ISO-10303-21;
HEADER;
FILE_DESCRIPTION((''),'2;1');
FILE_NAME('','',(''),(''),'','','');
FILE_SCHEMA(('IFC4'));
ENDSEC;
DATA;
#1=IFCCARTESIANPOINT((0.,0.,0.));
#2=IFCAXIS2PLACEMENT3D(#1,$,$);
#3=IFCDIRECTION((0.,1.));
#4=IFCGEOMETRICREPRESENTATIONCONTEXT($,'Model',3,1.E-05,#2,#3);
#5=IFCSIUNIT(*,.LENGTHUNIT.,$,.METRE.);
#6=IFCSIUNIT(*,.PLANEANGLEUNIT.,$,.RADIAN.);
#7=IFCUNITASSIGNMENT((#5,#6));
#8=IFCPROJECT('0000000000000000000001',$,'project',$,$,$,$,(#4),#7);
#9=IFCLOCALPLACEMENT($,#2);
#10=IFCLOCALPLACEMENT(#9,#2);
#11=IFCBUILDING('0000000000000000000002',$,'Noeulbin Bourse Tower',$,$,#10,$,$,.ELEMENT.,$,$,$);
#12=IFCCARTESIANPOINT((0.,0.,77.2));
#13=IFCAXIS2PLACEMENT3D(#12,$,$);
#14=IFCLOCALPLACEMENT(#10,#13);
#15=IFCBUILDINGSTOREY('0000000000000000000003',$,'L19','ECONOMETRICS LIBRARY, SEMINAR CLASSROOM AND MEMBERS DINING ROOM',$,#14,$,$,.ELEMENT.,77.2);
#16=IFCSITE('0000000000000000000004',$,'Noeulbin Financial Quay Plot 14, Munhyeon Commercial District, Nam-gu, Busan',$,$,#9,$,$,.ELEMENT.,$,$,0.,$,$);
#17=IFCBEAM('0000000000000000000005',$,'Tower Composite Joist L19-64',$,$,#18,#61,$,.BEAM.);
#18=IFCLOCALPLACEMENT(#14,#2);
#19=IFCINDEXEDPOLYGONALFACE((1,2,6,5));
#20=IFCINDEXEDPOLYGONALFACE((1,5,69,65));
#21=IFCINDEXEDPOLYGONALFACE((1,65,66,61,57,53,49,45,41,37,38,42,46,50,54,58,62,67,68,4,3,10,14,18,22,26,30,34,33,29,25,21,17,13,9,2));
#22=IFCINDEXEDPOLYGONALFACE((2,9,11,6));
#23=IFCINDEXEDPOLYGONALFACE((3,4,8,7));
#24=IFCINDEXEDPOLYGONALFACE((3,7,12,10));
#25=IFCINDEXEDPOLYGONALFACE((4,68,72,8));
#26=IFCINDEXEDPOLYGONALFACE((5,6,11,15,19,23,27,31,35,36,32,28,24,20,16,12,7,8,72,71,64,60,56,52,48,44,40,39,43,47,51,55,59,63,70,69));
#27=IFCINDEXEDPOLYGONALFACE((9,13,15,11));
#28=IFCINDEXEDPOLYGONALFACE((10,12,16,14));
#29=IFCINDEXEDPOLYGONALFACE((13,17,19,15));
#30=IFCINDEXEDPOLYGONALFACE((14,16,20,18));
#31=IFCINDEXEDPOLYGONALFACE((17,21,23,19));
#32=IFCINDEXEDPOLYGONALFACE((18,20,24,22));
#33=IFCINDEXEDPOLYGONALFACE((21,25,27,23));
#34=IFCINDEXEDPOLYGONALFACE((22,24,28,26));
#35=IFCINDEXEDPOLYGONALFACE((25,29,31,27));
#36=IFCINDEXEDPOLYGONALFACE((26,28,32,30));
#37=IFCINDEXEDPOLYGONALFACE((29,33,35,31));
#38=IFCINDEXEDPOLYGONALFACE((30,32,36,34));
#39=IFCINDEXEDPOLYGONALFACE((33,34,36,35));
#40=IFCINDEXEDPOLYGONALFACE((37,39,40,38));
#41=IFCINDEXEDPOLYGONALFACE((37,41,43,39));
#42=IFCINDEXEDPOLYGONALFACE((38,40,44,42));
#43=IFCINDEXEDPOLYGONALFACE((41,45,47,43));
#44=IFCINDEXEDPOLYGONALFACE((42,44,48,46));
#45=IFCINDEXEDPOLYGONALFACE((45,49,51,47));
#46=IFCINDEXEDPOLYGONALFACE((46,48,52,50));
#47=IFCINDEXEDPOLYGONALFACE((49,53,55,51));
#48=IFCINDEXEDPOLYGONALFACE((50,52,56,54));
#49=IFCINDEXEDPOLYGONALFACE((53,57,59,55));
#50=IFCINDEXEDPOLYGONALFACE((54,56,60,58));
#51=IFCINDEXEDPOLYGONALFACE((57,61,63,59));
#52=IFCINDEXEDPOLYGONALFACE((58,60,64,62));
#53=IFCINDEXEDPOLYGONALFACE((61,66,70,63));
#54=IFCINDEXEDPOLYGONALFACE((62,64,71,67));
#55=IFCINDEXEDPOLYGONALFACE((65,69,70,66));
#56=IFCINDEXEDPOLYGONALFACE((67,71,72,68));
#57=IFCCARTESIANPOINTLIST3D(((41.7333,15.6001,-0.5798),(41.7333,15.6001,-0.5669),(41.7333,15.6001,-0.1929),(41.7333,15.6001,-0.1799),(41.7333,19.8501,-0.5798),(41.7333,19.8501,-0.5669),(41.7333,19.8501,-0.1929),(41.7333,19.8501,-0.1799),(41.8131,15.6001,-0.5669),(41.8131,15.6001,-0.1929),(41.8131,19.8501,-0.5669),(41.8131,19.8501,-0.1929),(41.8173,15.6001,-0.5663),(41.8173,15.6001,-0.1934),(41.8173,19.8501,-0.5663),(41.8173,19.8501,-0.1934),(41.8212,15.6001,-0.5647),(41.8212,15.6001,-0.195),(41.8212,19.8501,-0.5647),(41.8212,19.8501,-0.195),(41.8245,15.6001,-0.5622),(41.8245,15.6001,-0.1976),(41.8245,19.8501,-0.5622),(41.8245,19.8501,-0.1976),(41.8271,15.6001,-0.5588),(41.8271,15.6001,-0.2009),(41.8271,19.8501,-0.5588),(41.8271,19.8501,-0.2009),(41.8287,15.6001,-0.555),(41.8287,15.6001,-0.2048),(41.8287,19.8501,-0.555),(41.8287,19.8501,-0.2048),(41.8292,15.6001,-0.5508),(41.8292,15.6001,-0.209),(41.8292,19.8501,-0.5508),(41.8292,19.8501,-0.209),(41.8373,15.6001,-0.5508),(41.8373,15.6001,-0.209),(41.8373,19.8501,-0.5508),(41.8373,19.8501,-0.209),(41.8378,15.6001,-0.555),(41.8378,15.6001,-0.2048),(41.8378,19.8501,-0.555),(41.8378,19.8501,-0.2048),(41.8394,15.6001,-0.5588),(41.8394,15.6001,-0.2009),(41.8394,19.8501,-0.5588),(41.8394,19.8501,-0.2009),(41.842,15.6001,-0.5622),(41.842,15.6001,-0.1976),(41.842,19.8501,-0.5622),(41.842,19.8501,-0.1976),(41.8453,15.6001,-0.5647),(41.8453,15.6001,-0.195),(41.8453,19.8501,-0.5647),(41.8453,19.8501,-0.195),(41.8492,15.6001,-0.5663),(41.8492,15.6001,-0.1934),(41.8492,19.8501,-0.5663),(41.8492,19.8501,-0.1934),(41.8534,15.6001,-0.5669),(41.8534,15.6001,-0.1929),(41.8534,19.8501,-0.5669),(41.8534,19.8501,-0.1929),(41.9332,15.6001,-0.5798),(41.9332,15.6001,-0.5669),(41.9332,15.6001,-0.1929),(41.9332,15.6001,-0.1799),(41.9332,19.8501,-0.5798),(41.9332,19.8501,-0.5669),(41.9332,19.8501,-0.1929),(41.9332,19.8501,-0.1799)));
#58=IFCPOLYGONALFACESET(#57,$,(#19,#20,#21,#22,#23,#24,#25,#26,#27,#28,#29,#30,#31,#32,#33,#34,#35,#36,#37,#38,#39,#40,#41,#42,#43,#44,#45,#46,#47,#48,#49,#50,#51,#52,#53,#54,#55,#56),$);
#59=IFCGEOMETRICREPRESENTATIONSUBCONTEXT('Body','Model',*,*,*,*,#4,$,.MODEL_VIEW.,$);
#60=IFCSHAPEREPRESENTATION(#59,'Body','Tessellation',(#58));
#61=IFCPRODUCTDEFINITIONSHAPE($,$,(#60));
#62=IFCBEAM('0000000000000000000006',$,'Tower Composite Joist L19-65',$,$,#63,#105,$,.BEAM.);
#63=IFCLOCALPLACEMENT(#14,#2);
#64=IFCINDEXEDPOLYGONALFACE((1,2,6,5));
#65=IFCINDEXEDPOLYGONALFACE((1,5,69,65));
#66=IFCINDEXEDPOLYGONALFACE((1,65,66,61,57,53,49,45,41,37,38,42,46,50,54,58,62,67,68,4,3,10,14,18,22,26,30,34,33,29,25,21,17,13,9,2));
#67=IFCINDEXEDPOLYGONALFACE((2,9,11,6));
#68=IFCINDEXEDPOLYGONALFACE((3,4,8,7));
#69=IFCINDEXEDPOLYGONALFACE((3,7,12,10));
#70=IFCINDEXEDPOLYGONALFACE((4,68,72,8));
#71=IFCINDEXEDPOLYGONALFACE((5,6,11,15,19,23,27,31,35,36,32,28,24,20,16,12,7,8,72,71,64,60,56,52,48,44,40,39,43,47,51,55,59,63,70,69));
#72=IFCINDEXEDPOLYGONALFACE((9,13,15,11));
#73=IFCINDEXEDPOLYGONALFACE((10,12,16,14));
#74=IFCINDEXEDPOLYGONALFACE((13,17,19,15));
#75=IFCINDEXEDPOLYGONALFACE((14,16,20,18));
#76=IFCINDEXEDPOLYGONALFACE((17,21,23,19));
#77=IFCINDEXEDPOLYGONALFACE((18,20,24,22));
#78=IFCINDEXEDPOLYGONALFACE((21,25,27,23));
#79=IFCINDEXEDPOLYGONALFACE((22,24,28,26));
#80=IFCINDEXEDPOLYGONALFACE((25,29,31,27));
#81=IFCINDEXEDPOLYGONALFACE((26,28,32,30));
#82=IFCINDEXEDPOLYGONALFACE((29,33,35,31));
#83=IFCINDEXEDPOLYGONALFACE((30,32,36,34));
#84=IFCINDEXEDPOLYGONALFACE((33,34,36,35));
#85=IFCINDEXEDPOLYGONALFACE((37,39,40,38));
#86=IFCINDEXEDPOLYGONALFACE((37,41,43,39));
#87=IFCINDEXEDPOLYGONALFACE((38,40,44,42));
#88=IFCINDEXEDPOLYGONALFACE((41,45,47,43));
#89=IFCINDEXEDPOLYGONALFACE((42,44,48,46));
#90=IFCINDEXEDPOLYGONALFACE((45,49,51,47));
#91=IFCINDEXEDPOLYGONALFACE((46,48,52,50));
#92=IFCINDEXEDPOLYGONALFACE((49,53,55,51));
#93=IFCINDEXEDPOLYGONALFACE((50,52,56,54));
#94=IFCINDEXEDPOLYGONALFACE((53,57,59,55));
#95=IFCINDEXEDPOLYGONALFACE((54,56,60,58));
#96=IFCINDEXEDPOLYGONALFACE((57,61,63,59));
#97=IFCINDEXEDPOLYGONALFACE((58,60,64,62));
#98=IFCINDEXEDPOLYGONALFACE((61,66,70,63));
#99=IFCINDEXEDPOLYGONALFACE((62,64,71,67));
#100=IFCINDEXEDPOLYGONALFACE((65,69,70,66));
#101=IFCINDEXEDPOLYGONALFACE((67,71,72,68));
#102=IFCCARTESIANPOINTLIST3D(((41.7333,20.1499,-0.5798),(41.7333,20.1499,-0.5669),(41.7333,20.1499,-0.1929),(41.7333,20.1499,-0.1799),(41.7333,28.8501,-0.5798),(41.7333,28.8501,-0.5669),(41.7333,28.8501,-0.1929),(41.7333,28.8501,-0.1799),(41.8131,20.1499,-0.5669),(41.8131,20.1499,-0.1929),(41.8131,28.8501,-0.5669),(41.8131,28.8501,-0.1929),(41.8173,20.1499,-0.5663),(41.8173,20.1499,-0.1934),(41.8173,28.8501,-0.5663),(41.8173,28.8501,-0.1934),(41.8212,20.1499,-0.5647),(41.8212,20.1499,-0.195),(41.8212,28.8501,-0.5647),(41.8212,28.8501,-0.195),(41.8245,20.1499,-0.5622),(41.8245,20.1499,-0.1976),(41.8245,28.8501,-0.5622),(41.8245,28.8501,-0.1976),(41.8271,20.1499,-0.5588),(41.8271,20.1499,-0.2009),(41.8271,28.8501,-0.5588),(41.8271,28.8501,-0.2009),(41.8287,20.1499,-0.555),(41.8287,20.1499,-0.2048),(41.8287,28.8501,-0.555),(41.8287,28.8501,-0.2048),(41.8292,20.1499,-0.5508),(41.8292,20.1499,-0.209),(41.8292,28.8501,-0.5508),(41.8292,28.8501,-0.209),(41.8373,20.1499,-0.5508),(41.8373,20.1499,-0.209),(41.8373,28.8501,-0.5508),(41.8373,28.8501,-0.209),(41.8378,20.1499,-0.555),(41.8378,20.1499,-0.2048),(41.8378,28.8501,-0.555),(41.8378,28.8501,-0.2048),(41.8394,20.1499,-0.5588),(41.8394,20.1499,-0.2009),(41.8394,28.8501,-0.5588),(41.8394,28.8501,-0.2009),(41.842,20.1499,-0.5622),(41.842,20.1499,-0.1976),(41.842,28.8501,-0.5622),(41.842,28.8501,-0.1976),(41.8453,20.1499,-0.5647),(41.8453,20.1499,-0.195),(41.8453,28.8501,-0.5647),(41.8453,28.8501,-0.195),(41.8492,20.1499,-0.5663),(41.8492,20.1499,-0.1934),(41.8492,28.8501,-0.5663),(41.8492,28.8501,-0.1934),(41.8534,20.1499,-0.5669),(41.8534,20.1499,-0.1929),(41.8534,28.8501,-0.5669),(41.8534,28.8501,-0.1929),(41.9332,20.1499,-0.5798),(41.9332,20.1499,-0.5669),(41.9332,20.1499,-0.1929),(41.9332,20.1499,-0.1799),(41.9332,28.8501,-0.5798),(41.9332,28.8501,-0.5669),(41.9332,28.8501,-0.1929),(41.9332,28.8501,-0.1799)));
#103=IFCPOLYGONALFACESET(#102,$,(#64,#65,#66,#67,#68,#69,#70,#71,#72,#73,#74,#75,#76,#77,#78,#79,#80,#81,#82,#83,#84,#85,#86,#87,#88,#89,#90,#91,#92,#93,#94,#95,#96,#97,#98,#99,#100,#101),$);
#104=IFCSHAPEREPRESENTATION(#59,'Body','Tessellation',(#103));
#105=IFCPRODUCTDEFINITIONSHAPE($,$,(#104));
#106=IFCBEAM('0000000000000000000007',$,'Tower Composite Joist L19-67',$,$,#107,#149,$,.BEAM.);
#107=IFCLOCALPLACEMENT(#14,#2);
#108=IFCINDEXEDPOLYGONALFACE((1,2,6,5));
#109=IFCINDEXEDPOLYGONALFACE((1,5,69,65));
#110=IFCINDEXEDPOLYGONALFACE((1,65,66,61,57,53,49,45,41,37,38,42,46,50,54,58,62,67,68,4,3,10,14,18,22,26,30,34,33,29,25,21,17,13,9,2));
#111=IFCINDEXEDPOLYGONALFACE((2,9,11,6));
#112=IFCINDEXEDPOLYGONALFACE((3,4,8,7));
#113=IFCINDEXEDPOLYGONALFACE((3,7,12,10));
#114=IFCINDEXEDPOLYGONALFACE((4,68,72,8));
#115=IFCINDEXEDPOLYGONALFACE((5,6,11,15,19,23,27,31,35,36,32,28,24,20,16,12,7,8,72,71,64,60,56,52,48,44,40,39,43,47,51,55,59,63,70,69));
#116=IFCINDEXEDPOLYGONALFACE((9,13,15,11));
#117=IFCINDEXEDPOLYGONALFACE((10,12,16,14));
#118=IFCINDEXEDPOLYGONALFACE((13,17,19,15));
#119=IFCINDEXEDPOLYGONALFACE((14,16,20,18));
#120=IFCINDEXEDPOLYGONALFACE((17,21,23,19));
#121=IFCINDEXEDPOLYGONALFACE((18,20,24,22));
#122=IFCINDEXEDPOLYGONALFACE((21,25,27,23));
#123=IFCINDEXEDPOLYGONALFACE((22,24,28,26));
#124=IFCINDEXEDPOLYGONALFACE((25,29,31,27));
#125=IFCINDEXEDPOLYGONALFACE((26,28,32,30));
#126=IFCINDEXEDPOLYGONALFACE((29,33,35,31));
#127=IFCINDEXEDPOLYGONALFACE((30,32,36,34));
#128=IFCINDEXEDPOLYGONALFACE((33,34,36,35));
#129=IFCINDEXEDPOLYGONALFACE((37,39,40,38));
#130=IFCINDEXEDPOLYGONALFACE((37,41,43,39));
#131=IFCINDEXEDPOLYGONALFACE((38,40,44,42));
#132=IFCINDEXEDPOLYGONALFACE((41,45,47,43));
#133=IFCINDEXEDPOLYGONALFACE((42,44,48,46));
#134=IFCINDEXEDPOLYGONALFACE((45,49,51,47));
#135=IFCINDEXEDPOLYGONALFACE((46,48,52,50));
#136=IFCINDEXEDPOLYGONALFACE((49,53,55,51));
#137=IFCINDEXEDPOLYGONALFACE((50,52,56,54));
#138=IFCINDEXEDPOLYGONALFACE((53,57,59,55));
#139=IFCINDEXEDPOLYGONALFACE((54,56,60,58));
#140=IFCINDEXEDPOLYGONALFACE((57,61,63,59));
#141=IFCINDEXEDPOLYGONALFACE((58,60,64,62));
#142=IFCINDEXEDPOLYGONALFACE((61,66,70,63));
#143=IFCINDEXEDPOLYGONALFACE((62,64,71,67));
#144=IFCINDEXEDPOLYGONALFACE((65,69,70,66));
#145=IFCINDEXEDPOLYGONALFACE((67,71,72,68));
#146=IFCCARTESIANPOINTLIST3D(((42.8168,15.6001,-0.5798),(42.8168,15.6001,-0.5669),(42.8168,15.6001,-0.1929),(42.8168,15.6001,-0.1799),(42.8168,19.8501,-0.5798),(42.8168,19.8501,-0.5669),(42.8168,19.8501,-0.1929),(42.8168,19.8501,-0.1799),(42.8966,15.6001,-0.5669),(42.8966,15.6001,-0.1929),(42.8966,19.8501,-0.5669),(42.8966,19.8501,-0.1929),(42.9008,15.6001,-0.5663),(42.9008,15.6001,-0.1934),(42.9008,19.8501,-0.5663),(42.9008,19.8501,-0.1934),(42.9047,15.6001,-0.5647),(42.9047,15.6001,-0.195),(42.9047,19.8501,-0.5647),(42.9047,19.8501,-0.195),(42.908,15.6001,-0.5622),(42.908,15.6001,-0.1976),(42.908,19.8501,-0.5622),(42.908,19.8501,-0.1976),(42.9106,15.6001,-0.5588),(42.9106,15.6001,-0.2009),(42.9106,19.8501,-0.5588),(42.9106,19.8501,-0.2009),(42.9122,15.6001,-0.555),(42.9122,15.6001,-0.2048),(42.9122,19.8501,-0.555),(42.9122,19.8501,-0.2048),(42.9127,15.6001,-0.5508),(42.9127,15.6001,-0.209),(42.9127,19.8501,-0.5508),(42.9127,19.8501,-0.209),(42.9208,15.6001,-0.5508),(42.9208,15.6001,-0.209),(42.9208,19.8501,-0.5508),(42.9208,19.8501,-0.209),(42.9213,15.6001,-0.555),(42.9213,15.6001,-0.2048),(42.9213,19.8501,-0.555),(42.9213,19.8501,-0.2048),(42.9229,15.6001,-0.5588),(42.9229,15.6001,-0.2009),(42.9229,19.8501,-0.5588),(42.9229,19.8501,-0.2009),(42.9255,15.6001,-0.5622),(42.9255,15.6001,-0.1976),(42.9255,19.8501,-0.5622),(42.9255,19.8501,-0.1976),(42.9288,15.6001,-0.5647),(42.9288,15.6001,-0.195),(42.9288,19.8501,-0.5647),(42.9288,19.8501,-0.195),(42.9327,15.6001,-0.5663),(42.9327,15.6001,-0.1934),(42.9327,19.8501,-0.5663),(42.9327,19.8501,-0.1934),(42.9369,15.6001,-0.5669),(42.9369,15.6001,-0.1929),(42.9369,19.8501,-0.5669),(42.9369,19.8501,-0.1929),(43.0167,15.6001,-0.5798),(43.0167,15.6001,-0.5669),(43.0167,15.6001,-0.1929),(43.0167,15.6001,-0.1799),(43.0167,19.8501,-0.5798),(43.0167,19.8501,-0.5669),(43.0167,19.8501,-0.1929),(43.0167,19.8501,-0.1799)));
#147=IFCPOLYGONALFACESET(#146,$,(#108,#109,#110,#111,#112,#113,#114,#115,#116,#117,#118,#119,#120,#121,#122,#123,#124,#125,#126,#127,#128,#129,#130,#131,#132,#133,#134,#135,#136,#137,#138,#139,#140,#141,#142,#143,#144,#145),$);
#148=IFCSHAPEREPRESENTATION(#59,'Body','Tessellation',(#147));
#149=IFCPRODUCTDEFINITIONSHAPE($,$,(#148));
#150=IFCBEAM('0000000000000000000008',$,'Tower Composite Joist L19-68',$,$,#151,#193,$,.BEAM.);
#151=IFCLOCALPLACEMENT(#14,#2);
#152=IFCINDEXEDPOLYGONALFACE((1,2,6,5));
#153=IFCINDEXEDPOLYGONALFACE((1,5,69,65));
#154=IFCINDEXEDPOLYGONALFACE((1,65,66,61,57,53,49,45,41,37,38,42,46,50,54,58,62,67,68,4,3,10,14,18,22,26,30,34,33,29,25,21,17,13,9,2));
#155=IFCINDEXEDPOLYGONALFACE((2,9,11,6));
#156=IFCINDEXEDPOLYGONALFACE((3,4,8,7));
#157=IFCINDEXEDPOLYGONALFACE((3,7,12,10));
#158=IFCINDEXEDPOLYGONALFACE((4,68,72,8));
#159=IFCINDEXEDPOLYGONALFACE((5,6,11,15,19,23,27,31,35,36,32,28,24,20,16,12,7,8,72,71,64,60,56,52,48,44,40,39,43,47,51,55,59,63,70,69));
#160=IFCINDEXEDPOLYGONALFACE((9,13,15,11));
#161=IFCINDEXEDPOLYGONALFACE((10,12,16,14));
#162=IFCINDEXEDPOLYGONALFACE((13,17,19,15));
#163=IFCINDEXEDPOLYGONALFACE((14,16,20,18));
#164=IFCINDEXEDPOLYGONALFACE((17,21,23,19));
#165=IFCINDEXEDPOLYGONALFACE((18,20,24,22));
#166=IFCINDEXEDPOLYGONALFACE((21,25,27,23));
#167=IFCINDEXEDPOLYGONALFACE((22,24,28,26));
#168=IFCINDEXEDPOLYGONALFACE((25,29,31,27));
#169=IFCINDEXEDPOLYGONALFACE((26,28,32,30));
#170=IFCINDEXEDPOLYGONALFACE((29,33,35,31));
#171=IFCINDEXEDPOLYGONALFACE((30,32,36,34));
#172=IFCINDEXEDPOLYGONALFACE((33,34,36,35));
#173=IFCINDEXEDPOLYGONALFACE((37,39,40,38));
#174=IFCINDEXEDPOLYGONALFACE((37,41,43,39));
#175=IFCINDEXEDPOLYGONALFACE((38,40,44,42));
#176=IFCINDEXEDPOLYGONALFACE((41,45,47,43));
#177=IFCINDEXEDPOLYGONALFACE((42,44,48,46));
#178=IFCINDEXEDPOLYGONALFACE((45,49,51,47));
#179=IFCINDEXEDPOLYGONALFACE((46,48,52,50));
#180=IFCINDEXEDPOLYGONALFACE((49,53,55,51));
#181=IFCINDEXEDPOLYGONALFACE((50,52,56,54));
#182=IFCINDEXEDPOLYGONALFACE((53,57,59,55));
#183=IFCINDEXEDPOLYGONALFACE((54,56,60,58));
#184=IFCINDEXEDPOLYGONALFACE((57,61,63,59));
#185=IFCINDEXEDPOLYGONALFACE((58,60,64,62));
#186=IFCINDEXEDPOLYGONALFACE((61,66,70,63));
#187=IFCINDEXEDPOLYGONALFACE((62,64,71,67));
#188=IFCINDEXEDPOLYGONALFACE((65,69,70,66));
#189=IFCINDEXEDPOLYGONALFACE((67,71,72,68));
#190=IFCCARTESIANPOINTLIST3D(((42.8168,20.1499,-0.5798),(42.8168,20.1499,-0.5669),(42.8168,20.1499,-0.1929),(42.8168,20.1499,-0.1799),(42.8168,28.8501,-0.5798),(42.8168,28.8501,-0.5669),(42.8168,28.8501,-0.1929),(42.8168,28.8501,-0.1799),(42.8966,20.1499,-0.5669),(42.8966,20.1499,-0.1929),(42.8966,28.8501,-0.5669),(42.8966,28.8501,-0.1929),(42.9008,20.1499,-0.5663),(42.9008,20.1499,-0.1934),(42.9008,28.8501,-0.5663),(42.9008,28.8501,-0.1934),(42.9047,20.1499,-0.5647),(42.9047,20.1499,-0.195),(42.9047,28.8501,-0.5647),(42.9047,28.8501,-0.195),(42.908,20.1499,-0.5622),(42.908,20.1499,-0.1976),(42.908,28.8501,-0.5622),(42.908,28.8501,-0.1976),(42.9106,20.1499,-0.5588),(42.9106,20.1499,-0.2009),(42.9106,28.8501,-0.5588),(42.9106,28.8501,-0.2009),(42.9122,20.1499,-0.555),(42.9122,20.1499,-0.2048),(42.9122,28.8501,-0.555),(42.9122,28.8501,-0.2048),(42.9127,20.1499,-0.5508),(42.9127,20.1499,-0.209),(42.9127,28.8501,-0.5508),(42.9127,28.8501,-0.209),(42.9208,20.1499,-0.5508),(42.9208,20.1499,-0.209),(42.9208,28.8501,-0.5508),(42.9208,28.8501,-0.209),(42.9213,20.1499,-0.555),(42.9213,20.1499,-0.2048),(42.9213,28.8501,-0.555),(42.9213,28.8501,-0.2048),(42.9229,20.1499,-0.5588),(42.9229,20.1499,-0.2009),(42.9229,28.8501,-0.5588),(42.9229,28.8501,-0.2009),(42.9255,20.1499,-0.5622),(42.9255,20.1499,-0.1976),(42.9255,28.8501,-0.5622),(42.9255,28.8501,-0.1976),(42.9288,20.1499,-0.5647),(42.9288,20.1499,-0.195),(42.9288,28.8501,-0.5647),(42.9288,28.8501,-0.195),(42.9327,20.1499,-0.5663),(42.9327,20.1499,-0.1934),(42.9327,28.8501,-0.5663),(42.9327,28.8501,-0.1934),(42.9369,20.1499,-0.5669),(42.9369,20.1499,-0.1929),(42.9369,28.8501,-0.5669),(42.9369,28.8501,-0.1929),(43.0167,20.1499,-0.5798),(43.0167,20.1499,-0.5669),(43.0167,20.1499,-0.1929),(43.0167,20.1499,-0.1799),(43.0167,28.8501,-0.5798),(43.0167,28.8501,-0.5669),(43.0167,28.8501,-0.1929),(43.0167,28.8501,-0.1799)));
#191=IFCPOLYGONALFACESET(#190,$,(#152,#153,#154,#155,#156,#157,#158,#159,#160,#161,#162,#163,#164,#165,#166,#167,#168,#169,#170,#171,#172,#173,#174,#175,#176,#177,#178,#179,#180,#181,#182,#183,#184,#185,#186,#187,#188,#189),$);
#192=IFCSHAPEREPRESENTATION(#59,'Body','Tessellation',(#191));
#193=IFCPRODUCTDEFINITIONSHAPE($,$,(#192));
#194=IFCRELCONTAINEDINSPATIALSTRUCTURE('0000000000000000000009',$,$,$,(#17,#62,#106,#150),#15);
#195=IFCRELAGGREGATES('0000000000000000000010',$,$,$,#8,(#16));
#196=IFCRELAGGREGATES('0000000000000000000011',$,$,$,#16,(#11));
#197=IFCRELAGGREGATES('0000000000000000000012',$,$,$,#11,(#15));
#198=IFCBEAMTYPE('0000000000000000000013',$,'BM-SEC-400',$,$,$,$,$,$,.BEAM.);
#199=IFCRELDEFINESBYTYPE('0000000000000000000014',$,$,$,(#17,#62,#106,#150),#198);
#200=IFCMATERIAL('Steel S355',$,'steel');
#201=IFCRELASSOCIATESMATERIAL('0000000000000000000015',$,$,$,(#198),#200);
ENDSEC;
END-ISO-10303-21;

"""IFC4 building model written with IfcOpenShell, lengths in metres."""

from ifc_helpers import new_model, si_unit, direction, frame, origin, origin_2d, place, context, subcontext, project, spatial, i_section, extrude, material, material_profile, profile_set, type_object, element, save


model = new_model("IFC4")

# Units and contexts
model_context = context("Model", 3, precision=1e-05, world=origin(), true_north=direction((0.0, 1.0)))
body_context = subcontext(model_context, "Body", "Model", "MODEL_VIEW")
ifc_project = project(units=[si_unit("LENGTHUNIT", "METRE"), si_unit("PLANEANGLEUNIT", "RADIAN")], contexts=[model_context])

# Site, building, storey
site_placement = place(None, origin())
site = spatial("IfcSite", under=ifc_project, at=site_placement, Name="Noeulbin Financial Quay Plot 14, Munhyeon Commercial District, Nam-gu, Busan", CompositionType="ELEMENT", RefElevation=0.0)
building_placement = place(site_placement, origin())
building = spatial("IfcBuilding", under=site, at=building_placement, Name="Noeulbin Bourse Tower", CompositionType="ELEMENT")
storey_placement = place(building_placement, frame((0.0, 0.0, 77.2)))
storey = spatial("IfcBuildingStorey", under=building, at=storey_placement, Name="L19", Description="ECONOMETRICS LIBRARY, SEMINAR CLASSROOM AND MEMBERS DINING ROOM", CompositionType="ELEMENT", Elevation=77.2)

# Shared definitions
ifc_material_1 = material(Name="Steel S355", Category="steel")

# Beams
ifc_material_profile_1 = material_profile(ifc_material_1, i_section(OverallWidth=0.2, OverallDepth=0.3999, WebThickness=0.0081, FlangeThickness=0.0129, FilletRadius=0.0161, at=origin_2d()), Name="H-400x200x8x13", Category="LoadBearing")
ifc_profile_set_1 = profile_set([ifc_material_profile_1], Name="Steel S355")
beam_type_1 = type_object("IfcBeamType", Name="BM-SEC-400", PredefinedType="BEAM", material=ifc_profile_set_1)
beam_1_placement = place(storey_placement, frame((41.8333, 15.6001, -0.3799), z_axis=(0.0, 1.0, 0.0), x_axis=(-1.0, 0.0, 0.0)))
element("IfcBeam", 1, at=beam_1_placement, inside=storey, type_object=beam_type_1, Name="Tower Composite Joist L19-64", PredefinedType="BEAM", context=body_context, shape_type="SweptSolid", body=[
    extrude(i_section(OverallWidth=0.2, OverallDepth=0.3999, WebThickness=0.0081, FlangeThickness=0.0129, FilletRadius=0.0161, at=origin_2d()), origin(), (0.0, 0.0, 1.0), 4.25),
])
beam_2_placement = place(storey_placement, frame((41.8333, 20.1499, -0.3799), z_axis=(0.0, 1.0, 0.0), x_axis=(-1.0, 0.0, 0.0)))
element("IfcBeam", 2, at=beam_2_placement, inside=storey, type_object=beam_type_1, Name="Tower Composite Joist L19-65", PredefinedType="BEAM", context=body_context, shape_type="SweptSolid", body=[
    extrude(i_section(OverallWidth=0.2, OverallDepth=0.3999, WebThickness=0.0081, FlangeThickness=0.0129, FilletRadius=0.0161, at=origin_2d()), origin(), (0.0, 0.0, 1.0), 8.7002),
])
beam_3_placement = place(storey_placement, frame((42.9167, 15.6001, -0.3799), z_axis=(0.0, 1.0, 0.0), x_axis=(-1.0, 0.0, 0.0)))
element("IfcBeam", 3, at=beam_3_placement, inside=storey, type_object=beam_type_1, Name="Tower Composite Joist L19-67", PredefinedType="BEAM", context=body_context, shape_type="SweptSolid", body=[
    extrude(i_section(OverallWidth=0.2, OverallDepth=0.3999, WebThickness=0.0081, FlangeThickness=0.0129, FilletRadius=0.0161, at=origin_2d()), origin(), (0.0, 0.0, 1.0), 4.25),
])
beam_4_placement = place(storey_placement, frame((42.9167, 20.1499, -0.3799), z_axis=(0.0, 1.0, 0.0), x_axis=(-1.0, 0.0, 0.0)))
element("IfcBeam", 4, at=beam_4_placement, inside=storey, type_object=beam_type_1, Name="Tower Composite Joist L19-68", PredefinedType="BEAM", context=body_context, shape_type="SweptSolid", body=[
    extrude(i_section(OverallWidth=0.2, OverallDepth=0.3999, WebThickness=0.0081, FlangeThickness=0.0129, FilletRadius=0.0161, at=origin_2d()), origin(), (0.0, 0.0, 1.0), 8.7002),
])

save(model, "model.ifc")
